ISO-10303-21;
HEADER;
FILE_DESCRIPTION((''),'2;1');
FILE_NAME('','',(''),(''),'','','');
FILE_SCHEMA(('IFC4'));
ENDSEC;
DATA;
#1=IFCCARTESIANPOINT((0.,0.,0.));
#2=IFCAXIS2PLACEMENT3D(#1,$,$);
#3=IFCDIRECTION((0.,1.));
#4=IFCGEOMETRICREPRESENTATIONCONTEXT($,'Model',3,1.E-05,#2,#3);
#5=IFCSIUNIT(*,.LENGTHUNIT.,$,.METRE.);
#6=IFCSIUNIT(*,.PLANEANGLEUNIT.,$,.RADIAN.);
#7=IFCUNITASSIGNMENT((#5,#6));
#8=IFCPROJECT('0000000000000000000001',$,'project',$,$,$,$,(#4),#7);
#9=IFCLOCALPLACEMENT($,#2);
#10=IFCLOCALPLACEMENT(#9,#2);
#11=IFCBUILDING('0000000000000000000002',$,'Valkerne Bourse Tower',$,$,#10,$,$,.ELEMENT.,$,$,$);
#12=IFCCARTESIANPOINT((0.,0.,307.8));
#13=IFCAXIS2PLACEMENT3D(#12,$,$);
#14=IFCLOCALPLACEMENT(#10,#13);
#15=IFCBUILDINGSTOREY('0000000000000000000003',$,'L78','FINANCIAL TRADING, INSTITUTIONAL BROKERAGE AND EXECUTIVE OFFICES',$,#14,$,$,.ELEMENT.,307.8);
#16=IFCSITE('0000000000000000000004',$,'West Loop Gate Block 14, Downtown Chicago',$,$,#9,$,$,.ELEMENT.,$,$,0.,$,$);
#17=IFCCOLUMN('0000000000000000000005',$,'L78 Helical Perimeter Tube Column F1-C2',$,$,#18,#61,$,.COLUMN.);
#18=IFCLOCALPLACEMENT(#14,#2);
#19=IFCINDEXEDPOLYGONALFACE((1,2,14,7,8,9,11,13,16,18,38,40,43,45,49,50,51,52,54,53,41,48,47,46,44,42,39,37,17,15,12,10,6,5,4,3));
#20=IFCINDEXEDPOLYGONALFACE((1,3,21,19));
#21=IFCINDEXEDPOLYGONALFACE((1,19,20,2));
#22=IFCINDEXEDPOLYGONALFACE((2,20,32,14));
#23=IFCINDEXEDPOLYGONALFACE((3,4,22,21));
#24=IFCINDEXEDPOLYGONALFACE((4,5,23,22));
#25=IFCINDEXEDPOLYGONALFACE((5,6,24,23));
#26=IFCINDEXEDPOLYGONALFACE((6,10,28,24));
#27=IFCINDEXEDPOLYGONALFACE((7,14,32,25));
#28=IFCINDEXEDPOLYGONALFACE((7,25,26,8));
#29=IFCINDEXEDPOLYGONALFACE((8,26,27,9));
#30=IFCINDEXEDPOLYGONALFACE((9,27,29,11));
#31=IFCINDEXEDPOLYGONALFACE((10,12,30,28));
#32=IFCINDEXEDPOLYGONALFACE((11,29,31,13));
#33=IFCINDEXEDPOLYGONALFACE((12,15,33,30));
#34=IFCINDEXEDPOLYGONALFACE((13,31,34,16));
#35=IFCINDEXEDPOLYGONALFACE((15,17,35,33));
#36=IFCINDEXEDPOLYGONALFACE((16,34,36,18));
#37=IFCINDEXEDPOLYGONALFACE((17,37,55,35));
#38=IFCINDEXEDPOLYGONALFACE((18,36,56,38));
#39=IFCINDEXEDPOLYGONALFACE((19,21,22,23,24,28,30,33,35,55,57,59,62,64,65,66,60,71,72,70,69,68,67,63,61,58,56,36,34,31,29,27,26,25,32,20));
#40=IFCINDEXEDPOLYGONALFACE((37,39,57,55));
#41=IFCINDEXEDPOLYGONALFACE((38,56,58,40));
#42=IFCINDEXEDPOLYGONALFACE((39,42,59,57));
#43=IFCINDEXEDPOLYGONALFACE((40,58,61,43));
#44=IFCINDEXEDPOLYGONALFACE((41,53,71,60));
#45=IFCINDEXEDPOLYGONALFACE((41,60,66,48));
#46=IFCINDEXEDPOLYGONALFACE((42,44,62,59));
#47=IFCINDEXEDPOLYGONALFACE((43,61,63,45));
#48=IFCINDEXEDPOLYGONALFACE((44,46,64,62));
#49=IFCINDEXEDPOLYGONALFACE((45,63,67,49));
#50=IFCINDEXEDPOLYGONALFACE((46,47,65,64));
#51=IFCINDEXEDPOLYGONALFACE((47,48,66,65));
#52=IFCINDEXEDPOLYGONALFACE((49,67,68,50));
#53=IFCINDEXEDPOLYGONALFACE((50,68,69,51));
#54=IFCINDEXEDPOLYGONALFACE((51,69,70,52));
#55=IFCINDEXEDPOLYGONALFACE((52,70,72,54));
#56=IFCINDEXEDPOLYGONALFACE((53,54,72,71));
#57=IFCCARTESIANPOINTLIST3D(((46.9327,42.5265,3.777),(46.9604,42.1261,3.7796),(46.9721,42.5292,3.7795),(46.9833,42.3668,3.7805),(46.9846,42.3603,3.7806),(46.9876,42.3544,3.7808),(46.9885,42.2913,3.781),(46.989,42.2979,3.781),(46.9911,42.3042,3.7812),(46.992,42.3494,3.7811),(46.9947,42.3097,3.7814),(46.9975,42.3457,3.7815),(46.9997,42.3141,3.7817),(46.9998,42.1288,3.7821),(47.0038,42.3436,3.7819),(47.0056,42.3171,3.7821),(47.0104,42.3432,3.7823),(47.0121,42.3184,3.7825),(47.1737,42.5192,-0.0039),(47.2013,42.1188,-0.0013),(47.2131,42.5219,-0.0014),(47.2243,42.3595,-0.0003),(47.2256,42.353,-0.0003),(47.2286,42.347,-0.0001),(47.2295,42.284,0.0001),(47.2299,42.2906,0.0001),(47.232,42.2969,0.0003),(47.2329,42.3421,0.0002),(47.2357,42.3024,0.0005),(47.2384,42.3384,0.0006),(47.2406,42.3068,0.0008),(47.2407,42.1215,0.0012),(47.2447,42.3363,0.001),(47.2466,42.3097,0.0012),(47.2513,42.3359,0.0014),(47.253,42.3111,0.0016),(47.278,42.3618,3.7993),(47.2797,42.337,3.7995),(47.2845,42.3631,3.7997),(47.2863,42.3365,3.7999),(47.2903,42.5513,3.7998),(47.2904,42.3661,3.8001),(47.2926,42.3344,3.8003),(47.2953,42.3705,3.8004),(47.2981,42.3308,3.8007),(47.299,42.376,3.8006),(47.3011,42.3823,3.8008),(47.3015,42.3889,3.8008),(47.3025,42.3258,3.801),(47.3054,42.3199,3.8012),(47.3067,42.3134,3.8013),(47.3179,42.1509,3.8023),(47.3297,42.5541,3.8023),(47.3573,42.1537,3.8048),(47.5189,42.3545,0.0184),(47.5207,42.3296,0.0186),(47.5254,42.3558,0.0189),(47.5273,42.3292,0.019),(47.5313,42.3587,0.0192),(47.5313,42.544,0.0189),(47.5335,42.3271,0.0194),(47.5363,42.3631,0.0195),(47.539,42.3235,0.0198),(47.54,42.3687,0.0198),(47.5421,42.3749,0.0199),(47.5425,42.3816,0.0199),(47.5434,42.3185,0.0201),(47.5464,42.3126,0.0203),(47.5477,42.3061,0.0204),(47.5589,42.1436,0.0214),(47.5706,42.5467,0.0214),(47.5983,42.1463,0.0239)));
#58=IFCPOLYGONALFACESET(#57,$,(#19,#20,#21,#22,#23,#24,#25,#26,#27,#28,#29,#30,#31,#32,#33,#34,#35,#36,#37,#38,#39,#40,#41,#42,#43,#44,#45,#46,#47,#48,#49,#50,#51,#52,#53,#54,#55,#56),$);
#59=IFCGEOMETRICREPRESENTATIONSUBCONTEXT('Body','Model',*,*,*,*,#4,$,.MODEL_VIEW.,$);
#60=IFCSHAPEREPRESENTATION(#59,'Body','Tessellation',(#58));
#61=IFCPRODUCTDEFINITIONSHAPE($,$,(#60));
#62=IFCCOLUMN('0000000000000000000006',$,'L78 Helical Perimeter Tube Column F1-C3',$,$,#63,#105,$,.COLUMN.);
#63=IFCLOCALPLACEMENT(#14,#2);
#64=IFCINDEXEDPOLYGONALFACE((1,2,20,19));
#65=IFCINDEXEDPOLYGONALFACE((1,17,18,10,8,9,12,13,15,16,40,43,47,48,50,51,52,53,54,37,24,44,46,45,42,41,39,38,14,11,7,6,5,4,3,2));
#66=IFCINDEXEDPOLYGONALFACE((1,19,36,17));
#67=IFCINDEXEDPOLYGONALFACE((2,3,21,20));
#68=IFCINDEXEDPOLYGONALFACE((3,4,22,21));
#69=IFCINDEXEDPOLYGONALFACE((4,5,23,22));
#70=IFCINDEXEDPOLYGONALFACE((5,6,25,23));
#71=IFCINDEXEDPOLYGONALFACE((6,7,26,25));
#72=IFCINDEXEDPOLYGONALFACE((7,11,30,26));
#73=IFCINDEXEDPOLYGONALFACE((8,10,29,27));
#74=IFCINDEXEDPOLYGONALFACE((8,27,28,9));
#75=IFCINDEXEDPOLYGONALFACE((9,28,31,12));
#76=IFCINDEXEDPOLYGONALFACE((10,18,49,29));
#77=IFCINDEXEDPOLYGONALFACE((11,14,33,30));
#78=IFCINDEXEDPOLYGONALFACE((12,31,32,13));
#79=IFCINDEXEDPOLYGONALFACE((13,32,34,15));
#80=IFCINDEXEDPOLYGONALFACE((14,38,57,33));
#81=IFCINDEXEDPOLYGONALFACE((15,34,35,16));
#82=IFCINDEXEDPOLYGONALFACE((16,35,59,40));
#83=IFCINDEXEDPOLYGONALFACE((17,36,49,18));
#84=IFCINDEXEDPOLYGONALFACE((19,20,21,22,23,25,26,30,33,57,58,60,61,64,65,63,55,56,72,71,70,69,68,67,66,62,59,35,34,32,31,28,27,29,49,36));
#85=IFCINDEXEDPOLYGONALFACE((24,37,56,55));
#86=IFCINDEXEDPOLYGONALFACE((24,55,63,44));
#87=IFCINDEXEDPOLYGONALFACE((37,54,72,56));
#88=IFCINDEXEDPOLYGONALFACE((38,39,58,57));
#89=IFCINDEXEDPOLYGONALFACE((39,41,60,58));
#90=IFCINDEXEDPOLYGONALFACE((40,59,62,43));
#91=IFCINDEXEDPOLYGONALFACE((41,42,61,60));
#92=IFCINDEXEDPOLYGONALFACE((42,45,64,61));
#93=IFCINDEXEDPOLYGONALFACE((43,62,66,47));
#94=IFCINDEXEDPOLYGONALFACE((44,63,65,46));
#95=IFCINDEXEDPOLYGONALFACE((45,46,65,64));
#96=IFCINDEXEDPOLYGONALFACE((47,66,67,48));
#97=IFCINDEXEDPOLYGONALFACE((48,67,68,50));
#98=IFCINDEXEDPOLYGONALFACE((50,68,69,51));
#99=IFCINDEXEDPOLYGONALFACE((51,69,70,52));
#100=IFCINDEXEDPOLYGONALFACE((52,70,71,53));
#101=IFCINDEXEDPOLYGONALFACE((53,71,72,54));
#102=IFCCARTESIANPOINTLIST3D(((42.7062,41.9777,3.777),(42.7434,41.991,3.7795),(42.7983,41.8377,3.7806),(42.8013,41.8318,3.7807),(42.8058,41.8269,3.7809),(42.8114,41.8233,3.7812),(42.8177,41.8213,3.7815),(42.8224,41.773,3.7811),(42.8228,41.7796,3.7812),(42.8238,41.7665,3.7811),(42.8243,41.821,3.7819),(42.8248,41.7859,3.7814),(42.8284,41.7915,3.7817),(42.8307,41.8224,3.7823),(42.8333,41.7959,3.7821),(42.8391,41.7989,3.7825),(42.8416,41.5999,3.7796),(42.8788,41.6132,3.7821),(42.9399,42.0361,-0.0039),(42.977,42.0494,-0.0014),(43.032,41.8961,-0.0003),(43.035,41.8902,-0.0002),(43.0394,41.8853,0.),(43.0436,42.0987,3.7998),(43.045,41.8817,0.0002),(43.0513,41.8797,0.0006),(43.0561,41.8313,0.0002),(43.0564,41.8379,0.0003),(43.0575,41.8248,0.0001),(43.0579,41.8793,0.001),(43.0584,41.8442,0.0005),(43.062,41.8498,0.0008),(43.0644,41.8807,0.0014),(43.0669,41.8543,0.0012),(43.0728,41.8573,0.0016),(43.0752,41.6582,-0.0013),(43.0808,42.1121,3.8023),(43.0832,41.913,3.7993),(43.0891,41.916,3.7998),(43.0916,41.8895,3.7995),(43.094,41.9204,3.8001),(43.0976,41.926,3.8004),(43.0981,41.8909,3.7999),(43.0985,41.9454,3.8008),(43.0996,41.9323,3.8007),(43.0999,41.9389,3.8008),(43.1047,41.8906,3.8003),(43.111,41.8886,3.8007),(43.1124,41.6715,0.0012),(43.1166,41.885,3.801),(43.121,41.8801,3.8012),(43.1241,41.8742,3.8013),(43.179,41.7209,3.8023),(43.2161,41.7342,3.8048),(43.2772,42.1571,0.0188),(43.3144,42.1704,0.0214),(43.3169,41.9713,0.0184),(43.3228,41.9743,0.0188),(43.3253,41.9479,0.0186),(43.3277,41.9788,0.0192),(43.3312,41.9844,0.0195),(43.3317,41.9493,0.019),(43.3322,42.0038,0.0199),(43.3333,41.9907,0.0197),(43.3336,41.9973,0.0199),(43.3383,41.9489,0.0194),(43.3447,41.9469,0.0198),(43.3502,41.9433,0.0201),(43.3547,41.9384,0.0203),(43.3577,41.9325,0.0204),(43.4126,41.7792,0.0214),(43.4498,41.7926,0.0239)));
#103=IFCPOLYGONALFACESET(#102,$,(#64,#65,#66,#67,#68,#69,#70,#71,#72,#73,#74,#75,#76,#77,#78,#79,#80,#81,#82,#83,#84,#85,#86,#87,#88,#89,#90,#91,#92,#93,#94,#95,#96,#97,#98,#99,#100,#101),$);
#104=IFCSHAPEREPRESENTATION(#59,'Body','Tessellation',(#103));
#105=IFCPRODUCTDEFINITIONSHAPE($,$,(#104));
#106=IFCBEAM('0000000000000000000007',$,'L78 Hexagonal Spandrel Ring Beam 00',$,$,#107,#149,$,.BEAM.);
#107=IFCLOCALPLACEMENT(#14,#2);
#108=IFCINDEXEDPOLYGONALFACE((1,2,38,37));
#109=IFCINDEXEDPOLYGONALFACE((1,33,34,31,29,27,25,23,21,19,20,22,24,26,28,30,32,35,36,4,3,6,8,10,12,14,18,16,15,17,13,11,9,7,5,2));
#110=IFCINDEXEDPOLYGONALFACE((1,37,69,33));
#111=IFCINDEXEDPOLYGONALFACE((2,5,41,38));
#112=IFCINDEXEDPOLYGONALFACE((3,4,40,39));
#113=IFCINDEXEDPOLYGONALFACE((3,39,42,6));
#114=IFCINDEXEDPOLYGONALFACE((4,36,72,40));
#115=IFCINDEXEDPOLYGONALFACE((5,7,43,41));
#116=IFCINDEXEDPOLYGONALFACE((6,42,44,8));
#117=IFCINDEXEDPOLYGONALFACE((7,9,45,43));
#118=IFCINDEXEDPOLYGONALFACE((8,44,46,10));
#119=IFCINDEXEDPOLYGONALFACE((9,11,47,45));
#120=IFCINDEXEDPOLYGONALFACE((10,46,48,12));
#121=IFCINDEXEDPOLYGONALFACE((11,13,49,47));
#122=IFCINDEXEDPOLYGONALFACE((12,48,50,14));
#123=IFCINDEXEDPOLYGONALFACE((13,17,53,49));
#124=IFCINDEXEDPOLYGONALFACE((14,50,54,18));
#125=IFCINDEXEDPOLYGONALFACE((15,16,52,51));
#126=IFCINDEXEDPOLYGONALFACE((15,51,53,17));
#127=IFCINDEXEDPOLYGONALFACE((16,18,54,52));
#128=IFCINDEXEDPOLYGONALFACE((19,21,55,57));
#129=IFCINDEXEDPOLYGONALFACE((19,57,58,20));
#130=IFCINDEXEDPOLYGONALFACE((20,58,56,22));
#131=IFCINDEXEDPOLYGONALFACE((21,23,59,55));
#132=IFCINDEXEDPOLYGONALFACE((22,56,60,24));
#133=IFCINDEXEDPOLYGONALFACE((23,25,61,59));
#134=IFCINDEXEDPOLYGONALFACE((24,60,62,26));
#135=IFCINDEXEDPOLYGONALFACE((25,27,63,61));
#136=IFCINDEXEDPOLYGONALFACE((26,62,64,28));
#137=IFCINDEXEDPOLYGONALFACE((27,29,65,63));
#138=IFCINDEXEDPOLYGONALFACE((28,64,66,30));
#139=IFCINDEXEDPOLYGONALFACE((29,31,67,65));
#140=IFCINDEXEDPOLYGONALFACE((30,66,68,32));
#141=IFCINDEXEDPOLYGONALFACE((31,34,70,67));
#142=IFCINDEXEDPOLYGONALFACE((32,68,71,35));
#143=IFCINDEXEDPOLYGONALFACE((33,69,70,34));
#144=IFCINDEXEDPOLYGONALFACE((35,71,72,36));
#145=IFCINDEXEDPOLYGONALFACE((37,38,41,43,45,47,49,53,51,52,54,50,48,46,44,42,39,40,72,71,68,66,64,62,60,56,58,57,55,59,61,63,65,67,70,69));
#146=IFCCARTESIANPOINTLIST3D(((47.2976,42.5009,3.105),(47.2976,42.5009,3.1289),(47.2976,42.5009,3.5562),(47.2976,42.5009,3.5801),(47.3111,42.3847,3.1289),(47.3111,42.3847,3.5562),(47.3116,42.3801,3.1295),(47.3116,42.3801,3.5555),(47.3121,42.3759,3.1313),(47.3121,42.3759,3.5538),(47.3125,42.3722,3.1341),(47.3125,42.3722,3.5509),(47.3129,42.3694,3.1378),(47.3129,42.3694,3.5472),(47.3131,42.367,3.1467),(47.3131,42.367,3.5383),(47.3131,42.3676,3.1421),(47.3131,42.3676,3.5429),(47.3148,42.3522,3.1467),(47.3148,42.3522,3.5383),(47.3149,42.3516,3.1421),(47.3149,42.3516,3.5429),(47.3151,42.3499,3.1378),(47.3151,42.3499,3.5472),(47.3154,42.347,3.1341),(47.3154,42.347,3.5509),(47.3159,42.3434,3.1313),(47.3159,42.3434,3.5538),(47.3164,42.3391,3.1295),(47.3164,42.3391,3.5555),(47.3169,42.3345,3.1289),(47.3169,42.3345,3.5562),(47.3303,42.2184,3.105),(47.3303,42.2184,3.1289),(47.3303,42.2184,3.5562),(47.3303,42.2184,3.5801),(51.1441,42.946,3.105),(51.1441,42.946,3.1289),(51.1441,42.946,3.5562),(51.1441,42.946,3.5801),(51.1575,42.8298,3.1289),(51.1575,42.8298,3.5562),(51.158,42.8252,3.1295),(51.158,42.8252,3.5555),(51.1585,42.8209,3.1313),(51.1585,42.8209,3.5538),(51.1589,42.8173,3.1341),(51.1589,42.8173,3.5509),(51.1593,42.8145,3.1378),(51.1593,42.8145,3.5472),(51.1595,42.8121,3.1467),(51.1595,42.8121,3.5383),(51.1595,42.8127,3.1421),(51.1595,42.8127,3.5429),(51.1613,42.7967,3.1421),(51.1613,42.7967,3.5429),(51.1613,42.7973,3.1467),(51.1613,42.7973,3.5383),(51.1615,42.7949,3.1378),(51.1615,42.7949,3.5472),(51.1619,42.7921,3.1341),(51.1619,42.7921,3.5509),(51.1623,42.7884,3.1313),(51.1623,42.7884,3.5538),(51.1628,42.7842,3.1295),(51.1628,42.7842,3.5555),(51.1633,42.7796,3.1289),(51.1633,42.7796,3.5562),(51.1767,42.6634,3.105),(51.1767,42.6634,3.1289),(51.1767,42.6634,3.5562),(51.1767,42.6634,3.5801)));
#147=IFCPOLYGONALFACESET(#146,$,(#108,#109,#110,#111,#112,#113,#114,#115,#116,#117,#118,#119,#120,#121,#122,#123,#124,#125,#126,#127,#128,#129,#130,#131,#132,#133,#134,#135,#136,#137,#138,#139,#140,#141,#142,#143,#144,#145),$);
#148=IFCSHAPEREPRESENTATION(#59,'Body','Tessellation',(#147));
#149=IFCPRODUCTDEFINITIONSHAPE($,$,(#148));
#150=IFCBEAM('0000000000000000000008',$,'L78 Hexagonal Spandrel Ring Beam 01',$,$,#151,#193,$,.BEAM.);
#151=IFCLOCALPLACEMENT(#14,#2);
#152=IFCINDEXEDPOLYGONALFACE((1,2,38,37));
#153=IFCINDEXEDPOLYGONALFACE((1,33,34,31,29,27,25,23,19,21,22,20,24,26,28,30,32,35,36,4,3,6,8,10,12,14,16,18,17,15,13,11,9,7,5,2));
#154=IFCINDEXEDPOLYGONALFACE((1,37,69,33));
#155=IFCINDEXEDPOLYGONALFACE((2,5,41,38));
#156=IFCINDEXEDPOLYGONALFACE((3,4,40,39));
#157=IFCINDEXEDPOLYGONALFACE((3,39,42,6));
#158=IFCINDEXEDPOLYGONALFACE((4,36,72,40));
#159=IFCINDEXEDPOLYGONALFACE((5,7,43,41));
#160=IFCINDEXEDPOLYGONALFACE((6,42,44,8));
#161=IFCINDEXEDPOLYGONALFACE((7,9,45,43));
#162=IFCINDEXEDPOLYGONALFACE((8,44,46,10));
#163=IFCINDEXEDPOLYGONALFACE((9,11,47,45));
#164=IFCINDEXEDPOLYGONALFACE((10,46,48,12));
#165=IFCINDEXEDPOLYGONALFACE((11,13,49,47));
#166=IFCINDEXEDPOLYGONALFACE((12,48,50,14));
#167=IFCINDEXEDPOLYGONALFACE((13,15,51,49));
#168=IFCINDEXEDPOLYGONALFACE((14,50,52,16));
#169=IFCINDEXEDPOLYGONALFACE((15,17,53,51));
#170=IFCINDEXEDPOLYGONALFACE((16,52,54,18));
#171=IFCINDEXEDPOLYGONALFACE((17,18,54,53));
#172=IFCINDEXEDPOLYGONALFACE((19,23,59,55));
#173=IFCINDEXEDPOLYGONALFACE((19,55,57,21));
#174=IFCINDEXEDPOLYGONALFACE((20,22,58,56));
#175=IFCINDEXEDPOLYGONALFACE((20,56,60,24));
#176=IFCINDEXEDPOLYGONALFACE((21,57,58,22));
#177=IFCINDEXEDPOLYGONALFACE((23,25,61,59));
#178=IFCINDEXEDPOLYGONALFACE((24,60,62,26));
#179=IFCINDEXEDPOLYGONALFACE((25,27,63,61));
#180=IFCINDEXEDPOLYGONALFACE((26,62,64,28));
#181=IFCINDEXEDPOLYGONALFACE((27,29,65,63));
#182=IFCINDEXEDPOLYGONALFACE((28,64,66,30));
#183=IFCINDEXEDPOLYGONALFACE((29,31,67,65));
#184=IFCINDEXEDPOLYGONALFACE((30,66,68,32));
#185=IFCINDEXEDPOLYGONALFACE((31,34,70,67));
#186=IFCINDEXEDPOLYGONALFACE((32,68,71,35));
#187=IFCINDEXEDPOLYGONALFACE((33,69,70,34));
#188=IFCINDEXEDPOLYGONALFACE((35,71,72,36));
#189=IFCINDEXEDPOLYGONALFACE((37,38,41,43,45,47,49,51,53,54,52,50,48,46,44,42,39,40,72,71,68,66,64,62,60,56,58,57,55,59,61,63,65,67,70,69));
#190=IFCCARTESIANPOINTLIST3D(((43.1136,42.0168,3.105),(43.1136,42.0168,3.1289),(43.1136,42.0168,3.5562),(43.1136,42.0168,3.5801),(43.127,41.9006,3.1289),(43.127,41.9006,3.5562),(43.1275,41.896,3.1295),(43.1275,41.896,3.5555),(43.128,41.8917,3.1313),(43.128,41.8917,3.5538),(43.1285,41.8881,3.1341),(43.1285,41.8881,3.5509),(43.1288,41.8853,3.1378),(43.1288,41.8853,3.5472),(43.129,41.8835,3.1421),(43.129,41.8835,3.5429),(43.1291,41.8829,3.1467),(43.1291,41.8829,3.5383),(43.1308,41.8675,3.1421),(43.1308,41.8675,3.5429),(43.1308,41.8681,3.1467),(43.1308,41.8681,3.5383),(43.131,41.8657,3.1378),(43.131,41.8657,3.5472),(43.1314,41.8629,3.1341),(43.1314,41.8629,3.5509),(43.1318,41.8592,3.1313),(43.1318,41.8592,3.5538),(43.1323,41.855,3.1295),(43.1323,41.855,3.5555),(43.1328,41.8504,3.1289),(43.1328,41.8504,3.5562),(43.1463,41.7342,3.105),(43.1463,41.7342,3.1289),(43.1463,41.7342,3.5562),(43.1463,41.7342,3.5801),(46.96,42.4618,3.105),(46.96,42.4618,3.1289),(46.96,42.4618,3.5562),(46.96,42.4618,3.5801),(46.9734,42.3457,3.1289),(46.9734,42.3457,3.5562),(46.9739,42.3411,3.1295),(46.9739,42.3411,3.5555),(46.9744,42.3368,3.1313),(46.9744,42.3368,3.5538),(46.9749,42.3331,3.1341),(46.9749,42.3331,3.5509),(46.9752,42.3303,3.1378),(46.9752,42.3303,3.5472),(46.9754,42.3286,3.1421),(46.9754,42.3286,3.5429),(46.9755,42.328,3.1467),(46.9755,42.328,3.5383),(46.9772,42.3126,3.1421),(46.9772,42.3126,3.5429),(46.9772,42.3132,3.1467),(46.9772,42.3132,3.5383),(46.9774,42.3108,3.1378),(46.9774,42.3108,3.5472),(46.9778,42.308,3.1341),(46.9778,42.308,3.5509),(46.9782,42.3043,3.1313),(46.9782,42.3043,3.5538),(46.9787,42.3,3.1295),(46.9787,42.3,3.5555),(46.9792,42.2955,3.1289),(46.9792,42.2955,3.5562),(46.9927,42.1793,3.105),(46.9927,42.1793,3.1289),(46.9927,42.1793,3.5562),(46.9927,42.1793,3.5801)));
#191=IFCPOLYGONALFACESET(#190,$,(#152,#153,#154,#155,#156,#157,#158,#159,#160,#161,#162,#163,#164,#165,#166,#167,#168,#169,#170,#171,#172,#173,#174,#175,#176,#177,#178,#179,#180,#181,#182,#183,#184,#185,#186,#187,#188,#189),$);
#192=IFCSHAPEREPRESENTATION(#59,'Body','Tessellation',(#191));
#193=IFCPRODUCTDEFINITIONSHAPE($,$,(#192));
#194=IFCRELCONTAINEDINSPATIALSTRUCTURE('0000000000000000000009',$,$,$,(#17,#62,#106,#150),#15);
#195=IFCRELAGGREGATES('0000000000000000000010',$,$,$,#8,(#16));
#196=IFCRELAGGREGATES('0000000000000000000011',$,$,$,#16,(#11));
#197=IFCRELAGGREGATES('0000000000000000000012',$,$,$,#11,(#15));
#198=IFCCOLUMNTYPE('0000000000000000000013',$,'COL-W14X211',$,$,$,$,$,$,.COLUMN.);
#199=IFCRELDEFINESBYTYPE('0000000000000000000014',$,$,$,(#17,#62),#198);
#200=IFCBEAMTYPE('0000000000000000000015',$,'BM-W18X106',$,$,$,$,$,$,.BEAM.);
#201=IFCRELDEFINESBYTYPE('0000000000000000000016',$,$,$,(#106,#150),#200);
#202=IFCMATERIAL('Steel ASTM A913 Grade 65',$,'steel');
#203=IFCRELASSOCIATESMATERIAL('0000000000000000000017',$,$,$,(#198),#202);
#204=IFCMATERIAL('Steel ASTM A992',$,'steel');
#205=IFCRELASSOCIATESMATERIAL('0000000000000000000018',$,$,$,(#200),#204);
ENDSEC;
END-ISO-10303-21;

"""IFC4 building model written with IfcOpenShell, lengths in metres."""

from ifc_helpers import new_model, si_unit, direction, frame, origin, origin_2d, place, context, subcontext, project, spatial, i_section, extrude, material, material_profile, profile_set, type_object, element, save


model = new_model("IFC4")

# Units and contexts
model_context = context("Model", 3, precision=1e-05, world=origin(), true_north=direction((0.0, 1.0)))
body_context = subcontext(model_context, "Body", "Model", "MODEL_VIEW")
ifc_project = project(units=[si_unit("LENGTHUNIT", "METRE"), si_unit("PLANEANGLEUNIT", "RADIAN")], contexts=[model_context])

# Site, building, storey
site_placement = place(None, origin())
site = spatial("IfcSite", under=ifc_project, at=site_placement, Name="West Loop Gate Block 14, Downtown Chicago", CompositionType="ELEMENT", RefElevation=0.0)
building_placement = place(site_placement, origin())
building = spatial("IfcBuilding", under=site, at=building_placement, Name="Valkerne Bourse Tower", CompositionType="ELEMENT")
storey_placement = place(building_placement, frame((0.0, 0.0, 307.8)))
storey = spatial("IfcBuildingStorey", under=building, at=storey_placement, Name="L78", Description="FINANCIAL TRADING, INSTITUTIONAL BROKERAGE AND EXECUTIVE OFFICES", CompositionType="ELEMENT", Elevation=307.8)

# Columns
ifc_material_1 = material(Name="Steel ASTM A913 Grade 65", Category="steel")
ifc_material_profile_1 = material_profile(ifc_material_1, i_section(OverallWidth=0.4014, OverallDepth=0.3987, WebThickness=0.0249, FlangeThickness=0.0396, FilletRadius=0.0254, at=origin_2d()), Name="W14X211")
ifc_profile_set_1 = profile_set([ifc_material_profile_1], Name="Steel ASTM A913 Grade 65")
column_type = type_object("IfcColumnType", Name="COL-W14X211", PredefinedType="COLUMN", material=ifc_profile_set_1)
for number, where, z_axis, x_axis, name in (
    (1, (47.386, 42.3328, 0.01), (-0.063602, 0.001933, 0.997973), (-0.068842, 0.997608, -0.00632), "L78 Helical Perimeter Tube Column F1-C2"),
    (2, (43.1948, 41.9143, 0.01), (-0.061669, -0.015401, 0.997978), (-0.337264, 0.941389, -0.006313), "L78 Helical Perimeter Tube Column F1-C3"),
):
    element("IfcColumn", number, at=place(storey_placement, frame(where, z_axis=z_axis, x_axis=x_axis)), inside=storey, type_object=column_type, Name=name, PredefinedType="COLUMN", context=body_context, shape_type="SweptSolid", body=[
        extrude(i_section(OverallWidth=0.4014, OverallDepth=0.3987, WebThickness=0.0249, FlangeThickness=0.0396, FilletRadius=0.0254, at=origin_2d()), origin(), (0.0, 0.0, 1.0), 3.7886),
    ])

# Beams
ifc_material_2 = material(Name="Steel ASTM A992", Category="steel")
ifc_material_profile_2 = material_profile(ifc_material_2, i_section(OverallWidth=0.2844, OverallDepth=0.4751, WebThickness=0.0149, FlangeThickness=0.0239, FilletRadius=0.0178, at=origin_2d()), Name="W18X106")
ifc_profile_set_2 = profile_set([ifc_material_profile_2], Name="Steel ASTM A992")
beam_type_1 = type_object("IfcBeamType", Name="BM-W18X106", PredefinedType="BEAM", material=ifc_profile_set_2)
for number, where, z_axis, x_axis, name in (
    (3, (51.1604, 42.8047, 3.3425), (-0.993372, -0.114942, 0.0), (0.114942, -0.993372, 0.0), "L78 Hexagonal Spandrel Ring Beam 00"),
    (4, (46.9763, 42.3206, 3.3425), (-0.993372, -0.114942, 0.0), (0.114942, -0.993372, 0.0), "L78 Hexagonal Spandrel Ring Beam 01"),
):
    element("IfcBeam", number, at=place(storey_placement, frame(where, z_axis=z_axis, x_axis=x_axis)), inside=storey, type_object=beam_type_1, Name=name, PredefinedType="BEAM", context=body_context, shape_type="SweptSolid", body=[
        extrude(i_section(OverallWidth=0.2844, OverallDepth=0.4751, WebThickness=0.0149, FlangeThickness=0.0239, FilletRadius=0.0178, at=origin_2d()), origin(), (0.0, 0.0, 1.0), 3.8721),
    ])

save(model, "model.ifc")
